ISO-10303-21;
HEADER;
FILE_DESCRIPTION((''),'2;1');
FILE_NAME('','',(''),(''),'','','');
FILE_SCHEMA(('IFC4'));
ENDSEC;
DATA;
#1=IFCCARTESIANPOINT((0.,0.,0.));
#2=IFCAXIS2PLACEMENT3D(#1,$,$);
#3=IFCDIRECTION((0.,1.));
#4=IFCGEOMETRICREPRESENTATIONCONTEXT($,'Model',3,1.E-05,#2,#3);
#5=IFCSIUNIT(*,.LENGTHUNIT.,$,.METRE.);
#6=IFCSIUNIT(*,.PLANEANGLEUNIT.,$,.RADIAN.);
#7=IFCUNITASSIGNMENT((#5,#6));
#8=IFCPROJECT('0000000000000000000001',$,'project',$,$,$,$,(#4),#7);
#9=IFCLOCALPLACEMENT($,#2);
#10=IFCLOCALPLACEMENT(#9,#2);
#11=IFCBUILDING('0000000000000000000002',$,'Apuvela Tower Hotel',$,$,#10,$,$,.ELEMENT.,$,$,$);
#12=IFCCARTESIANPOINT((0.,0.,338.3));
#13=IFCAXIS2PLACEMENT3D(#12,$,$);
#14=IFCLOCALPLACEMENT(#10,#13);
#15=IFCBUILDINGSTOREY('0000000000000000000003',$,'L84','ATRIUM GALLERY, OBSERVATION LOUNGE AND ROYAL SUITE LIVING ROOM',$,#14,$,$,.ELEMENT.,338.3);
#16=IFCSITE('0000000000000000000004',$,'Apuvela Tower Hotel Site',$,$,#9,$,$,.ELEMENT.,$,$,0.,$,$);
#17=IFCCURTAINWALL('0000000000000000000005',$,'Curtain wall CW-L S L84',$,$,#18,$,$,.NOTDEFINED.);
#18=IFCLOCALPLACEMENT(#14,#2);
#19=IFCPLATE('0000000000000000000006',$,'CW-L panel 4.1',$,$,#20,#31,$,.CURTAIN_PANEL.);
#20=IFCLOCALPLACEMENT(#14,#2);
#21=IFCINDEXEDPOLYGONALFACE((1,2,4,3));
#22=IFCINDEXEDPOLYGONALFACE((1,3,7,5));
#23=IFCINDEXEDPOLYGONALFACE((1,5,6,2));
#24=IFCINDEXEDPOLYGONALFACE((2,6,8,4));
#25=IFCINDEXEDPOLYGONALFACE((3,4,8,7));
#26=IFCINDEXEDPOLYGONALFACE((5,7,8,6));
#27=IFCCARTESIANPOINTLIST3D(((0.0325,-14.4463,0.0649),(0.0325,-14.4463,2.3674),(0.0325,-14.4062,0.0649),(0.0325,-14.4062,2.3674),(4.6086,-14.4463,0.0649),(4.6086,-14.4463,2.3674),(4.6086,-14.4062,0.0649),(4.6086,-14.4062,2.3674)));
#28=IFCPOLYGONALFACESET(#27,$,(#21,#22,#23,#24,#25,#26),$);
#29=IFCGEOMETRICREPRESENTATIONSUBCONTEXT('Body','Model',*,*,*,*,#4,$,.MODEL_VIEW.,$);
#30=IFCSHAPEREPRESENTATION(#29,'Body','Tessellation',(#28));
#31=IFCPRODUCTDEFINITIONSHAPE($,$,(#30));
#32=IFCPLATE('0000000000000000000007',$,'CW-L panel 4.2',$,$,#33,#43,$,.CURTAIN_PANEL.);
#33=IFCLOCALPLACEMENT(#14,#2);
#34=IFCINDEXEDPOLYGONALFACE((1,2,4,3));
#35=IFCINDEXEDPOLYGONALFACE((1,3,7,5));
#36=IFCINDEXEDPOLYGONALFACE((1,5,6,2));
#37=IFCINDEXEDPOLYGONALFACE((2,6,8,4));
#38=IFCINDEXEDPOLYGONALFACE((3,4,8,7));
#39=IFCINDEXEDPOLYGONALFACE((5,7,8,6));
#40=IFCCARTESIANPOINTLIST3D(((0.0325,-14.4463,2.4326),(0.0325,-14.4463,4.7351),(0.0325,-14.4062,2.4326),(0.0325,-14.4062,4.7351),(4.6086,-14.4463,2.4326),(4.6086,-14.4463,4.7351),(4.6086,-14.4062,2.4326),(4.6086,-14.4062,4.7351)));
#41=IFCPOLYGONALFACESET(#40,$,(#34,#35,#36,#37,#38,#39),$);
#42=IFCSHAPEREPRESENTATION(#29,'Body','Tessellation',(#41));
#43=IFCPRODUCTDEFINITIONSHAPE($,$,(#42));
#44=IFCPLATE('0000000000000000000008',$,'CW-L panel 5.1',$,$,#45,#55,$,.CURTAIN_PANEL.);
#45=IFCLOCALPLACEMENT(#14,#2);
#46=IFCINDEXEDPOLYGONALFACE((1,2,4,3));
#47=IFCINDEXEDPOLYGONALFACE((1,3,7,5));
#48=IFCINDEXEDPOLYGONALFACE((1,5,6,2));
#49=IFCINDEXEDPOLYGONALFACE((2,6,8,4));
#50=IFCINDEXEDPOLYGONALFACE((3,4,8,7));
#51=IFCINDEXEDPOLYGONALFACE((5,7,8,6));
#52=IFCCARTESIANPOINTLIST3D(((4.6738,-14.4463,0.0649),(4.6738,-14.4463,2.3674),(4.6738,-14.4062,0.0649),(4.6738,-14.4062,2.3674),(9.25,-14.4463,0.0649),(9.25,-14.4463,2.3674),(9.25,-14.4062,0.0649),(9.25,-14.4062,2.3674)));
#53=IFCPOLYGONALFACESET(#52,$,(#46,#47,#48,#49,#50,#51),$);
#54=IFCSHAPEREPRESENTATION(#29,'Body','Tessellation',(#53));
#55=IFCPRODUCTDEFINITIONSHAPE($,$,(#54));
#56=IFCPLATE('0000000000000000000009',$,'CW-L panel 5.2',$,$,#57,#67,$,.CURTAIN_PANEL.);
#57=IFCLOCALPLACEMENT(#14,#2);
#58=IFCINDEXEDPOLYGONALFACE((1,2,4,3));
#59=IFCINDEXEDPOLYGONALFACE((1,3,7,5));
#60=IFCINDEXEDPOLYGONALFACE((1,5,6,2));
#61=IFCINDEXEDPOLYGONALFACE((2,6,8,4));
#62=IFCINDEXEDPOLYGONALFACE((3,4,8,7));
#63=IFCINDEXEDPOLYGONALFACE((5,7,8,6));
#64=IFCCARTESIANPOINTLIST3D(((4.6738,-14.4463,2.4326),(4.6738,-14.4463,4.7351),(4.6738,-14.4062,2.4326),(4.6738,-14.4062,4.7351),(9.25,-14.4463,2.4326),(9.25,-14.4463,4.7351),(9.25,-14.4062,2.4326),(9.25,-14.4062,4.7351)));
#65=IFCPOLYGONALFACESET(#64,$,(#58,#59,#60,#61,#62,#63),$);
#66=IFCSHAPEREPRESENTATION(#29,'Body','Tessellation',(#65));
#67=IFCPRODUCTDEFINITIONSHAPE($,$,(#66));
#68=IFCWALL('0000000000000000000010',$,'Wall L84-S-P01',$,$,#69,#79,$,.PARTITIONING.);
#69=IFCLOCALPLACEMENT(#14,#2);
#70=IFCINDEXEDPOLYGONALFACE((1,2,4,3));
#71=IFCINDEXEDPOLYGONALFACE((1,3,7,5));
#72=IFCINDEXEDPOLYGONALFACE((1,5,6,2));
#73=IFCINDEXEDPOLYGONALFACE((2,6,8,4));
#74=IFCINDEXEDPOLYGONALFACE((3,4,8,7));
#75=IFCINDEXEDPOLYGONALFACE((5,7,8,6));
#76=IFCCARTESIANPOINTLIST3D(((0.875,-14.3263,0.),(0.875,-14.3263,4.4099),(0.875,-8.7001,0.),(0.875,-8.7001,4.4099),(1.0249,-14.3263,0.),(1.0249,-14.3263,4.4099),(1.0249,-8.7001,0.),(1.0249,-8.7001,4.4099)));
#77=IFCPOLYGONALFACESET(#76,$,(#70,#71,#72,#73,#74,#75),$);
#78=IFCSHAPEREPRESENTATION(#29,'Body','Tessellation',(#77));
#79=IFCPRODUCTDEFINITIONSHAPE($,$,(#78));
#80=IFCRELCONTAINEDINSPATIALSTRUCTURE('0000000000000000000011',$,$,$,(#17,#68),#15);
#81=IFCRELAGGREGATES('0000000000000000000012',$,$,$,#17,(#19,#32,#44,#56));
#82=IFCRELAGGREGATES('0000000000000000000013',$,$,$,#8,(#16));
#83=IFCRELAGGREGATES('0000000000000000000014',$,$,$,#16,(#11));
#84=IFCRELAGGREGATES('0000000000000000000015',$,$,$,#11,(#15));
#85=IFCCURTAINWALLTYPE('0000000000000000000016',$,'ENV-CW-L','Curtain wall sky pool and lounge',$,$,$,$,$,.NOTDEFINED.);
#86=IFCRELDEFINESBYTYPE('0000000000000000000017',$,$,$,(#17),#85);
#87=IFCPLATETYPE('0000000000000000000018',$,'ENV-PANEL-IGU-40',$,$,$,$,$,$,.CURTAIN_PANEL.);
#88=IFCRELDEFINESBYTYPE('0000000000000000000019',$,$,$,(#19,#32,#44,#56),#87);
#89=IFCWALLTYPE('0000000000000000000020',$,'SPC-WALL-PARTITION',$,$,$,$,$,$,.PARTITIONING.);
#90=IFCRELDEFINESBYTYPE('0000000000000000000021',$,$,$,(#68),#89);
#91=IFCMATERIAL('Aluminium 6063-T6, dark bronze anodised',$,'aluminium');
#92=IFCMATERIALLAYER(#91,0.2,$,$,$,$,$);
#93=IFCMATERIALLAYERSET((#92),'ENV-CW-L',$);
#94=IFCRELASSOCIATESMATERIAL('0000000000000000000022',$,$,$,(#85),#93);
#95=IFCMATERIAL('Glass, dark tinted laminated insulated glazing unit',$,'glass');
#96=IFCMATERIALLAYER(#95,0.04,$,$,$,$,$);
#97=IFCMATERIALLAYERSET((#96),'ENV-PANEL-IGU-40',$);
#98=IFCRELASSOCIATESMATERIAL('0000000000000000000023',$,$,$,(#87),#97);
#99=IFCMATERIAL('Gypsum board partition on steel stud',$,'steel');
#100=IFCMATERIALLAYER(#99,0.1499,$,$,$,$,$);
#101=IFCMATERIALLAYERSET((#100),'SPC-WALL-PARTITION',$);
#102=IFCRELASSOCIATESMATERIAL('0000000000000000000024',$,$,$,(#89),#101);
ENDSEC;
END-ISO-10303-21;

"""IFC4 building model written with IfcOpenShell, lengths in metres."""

from ifc_helpers import new_model, si_unit, direction, frame, frame_2d, origin, origin_2d, place, context, subcontext, project, spatial, rectangle, extrude, material, layer, layer_set, type_object, element, aggregate, save


model = new_model("IFC4")

# Units and contexts
model_context = context("Model", 3, precision=1e-05, world=origin(), true_north=direction((0.0, 1.0)))
body_context = subcontext(model_context, "Body", "Model", "MODEL_VIEW")
ifc_project = project(units=[si_unit("LENGTHUNIT", "METRE"), si_unit("PLANEANGLEUNIT", "RADIAN")], contexts=[model_context])

# Site, building, storey
site_placement = place(None, origin())
site = spatial("IfcSite", under=ifc_project, at=site_placement, Name="Apuvela Tower Hotel Site", CompositionType="ELEMENT", RefElevation=0.0)
building_placement = place(site_placement, origin())
building = spatial("IfcBuilding", under=site, at=building_placement, Name="Apuvela Tower Hotel", CompositionType="ELEMENT")
storey_placement = place(building_placement, frame((0.0, 0.0, 338.3)))
storey = spatial("IfcBuildingStorey", under=building, at=storey_placement, Name="L84", Description="ATRIUM GALLERY, OBSERVATION LOUNGE AND ROYAL SUITE LIVING ROOM", CompositionType="ELEMENT", Elevation=338.3)

# Curtain wall
ifc_material_1 = material(Name="Aluminium 6063-T6, dark bronze anodised", Category="aluminium")
ifc_layer_1 = layer(ifc_material_1, 0.2)
ifc_layer_set_1 = layer_set([ifc_layer_1], Name="ENV-CW-L")
curtain_wall_type = type_object("IfcCurtainWallType", Name="ENV-CW-L", Description="Curtain wall sky pool and lounge", PredefinedType="NOTDEFINED", material=ifc_layer_set_1)
curtain_wall_placement = place(storey_placement, origin())
curtain_wall = element("IfcCurtainWall", 1, at=curtain_wall_placement, inside=storey, type_object=curtain_wall_type, Name="Curtain wall CW-L S L84", PredefinedType="NOTDEFINED")

# Plates
ifc_material_2 = material(Name="Glass, dark tinted laminated insulated glazing unit", Category="glass")
ifc_layer_2 = layer(ifc_material_2, 0.04)
ifc_layer_set_2 = layer_set([ifc_layer_2], Name="ENV-PANEL-IGU-40")
plate_type = type_object("IfcPlateType", Name="ENV-PANEL-IGU-40", PredefinedType="CURTAIN_PANEL", material=ifc_layer_set_2)
plate_1_placement = place(storey_placement, frame((2.3206, -14.4263, 0.0649), z_axis=(0.0, 0.0, 1.0), x_axis=(1.0, 0.0, 0.0)))
plate_1 = element("IfcPlate", 2, at=plate_1_placement, type_object=plate_type, Name="CW-L panel 4.1", PredefinedType="CURTAIN_PANEL", context=body_context, shape_type="SweptSolid", body=[
    extrude(rectangle(XDim=4.5762, YDim=0.04, at=origin_2d()), origin(), (0.0, 0.0, 1.0), 2.3025),
])
plate_2_placement = place(storey_placement, frame((2.3206, -14.4263, 2.4326), z_axis=(0.0, 0.0, 1.0), x_axis=(1.0, 0.0, 0.0)))
plate_2 = element("IfcPlate", 3, at=plate_2_placement, type_object=plate_type, Name="CW-L panel 4.2", PredefinedType="CURTAIN_PANEL", context=body_context, shape_type="SweptSolid", body=[
    extrude(rectangle(XDim=4.5762, YDim=0.04, at=origin_2d()), origin(), (0.0, 0.0, 1.0), 2.3025),
])
plate_3_placement = place(storey_placement, frame((6.9619, -14.4263, 0.0649), z_axis=(0.0, 0.0, 1.0), x_axis=(1.0, 0.0, 0.0)))
plate_3 = element("IfcPlate", 4, at=plate_3_placement, type_object=plate_type, Name="CW-L panel 5.1", PredefinedType="CURTAIN_PANEL", context=body_context, shape_type="SweptSolid", body=[
    extrude(rectangle(XDim=4.5762, YDim=0.04, at=origin_2d()), origin(), (0.0, 0.0, 1.0), 2.3025),
])
plate_4_placement = place(storey_placement, frame((6.9619, -14.4263, 2.4326), z_axis=(0.0, 0.0, 1.0), x_axis=(1.0, 0.0, 0.0)))
plate_4 = element("IfcPlate", 5, at=plate_4_placement, type_object=plate_type, Name="CW-L panel 5.2", PredefinedType="CURTAIN_PANEL", context=body_context, shape_type="SweptSolid", body=[
    extrude(rectangle(XDim=4.5762, YDim=0.04, at=origin_2d()), origin(), (0.0, 0.0, 1.0), 2.3025),
])
aggregate(curtain_wall, [plate_1, plate_2, plate_3, plate_4])

# Wall
ifc_material_3 = material(Name="Gypsum board partition on steel stud", Category="steel")
ifc_layer_3 = layer(ifc_material_3, 0.1499)
ifc_layer_set_3 = layer_set([ifc_layer_3], Name="SPC-WALL-PARTITION")
wall_type = type_object("IfcWallType", Name="SPC-WALL-PARTITION", PredefinedType="PARTITIONING", material=ifc_layer_set_3)
wall_placement = place(storey_placement, frame((0.95, -14.3262, 0.0), z_axis=(0.0, 0.0, 1.0), x_axis=(0.0, 1.0, 0.0)))
element("IfcWall", 6, at=wall_placement, inside=storey, type_object=wall_type, Name="Wall L84-S-P01", PredefinedType="PARTITIONING", context=body_context, shape_type="SweptSolid", body=[
    extrude(rectangle(XDim=5.6262, YDim=0.1499, at=frame_2d((2.813, 0.0))), origin(), (0.0, 0.0, 1.0), 4.4099),
])

save(model, "model.ifc")
